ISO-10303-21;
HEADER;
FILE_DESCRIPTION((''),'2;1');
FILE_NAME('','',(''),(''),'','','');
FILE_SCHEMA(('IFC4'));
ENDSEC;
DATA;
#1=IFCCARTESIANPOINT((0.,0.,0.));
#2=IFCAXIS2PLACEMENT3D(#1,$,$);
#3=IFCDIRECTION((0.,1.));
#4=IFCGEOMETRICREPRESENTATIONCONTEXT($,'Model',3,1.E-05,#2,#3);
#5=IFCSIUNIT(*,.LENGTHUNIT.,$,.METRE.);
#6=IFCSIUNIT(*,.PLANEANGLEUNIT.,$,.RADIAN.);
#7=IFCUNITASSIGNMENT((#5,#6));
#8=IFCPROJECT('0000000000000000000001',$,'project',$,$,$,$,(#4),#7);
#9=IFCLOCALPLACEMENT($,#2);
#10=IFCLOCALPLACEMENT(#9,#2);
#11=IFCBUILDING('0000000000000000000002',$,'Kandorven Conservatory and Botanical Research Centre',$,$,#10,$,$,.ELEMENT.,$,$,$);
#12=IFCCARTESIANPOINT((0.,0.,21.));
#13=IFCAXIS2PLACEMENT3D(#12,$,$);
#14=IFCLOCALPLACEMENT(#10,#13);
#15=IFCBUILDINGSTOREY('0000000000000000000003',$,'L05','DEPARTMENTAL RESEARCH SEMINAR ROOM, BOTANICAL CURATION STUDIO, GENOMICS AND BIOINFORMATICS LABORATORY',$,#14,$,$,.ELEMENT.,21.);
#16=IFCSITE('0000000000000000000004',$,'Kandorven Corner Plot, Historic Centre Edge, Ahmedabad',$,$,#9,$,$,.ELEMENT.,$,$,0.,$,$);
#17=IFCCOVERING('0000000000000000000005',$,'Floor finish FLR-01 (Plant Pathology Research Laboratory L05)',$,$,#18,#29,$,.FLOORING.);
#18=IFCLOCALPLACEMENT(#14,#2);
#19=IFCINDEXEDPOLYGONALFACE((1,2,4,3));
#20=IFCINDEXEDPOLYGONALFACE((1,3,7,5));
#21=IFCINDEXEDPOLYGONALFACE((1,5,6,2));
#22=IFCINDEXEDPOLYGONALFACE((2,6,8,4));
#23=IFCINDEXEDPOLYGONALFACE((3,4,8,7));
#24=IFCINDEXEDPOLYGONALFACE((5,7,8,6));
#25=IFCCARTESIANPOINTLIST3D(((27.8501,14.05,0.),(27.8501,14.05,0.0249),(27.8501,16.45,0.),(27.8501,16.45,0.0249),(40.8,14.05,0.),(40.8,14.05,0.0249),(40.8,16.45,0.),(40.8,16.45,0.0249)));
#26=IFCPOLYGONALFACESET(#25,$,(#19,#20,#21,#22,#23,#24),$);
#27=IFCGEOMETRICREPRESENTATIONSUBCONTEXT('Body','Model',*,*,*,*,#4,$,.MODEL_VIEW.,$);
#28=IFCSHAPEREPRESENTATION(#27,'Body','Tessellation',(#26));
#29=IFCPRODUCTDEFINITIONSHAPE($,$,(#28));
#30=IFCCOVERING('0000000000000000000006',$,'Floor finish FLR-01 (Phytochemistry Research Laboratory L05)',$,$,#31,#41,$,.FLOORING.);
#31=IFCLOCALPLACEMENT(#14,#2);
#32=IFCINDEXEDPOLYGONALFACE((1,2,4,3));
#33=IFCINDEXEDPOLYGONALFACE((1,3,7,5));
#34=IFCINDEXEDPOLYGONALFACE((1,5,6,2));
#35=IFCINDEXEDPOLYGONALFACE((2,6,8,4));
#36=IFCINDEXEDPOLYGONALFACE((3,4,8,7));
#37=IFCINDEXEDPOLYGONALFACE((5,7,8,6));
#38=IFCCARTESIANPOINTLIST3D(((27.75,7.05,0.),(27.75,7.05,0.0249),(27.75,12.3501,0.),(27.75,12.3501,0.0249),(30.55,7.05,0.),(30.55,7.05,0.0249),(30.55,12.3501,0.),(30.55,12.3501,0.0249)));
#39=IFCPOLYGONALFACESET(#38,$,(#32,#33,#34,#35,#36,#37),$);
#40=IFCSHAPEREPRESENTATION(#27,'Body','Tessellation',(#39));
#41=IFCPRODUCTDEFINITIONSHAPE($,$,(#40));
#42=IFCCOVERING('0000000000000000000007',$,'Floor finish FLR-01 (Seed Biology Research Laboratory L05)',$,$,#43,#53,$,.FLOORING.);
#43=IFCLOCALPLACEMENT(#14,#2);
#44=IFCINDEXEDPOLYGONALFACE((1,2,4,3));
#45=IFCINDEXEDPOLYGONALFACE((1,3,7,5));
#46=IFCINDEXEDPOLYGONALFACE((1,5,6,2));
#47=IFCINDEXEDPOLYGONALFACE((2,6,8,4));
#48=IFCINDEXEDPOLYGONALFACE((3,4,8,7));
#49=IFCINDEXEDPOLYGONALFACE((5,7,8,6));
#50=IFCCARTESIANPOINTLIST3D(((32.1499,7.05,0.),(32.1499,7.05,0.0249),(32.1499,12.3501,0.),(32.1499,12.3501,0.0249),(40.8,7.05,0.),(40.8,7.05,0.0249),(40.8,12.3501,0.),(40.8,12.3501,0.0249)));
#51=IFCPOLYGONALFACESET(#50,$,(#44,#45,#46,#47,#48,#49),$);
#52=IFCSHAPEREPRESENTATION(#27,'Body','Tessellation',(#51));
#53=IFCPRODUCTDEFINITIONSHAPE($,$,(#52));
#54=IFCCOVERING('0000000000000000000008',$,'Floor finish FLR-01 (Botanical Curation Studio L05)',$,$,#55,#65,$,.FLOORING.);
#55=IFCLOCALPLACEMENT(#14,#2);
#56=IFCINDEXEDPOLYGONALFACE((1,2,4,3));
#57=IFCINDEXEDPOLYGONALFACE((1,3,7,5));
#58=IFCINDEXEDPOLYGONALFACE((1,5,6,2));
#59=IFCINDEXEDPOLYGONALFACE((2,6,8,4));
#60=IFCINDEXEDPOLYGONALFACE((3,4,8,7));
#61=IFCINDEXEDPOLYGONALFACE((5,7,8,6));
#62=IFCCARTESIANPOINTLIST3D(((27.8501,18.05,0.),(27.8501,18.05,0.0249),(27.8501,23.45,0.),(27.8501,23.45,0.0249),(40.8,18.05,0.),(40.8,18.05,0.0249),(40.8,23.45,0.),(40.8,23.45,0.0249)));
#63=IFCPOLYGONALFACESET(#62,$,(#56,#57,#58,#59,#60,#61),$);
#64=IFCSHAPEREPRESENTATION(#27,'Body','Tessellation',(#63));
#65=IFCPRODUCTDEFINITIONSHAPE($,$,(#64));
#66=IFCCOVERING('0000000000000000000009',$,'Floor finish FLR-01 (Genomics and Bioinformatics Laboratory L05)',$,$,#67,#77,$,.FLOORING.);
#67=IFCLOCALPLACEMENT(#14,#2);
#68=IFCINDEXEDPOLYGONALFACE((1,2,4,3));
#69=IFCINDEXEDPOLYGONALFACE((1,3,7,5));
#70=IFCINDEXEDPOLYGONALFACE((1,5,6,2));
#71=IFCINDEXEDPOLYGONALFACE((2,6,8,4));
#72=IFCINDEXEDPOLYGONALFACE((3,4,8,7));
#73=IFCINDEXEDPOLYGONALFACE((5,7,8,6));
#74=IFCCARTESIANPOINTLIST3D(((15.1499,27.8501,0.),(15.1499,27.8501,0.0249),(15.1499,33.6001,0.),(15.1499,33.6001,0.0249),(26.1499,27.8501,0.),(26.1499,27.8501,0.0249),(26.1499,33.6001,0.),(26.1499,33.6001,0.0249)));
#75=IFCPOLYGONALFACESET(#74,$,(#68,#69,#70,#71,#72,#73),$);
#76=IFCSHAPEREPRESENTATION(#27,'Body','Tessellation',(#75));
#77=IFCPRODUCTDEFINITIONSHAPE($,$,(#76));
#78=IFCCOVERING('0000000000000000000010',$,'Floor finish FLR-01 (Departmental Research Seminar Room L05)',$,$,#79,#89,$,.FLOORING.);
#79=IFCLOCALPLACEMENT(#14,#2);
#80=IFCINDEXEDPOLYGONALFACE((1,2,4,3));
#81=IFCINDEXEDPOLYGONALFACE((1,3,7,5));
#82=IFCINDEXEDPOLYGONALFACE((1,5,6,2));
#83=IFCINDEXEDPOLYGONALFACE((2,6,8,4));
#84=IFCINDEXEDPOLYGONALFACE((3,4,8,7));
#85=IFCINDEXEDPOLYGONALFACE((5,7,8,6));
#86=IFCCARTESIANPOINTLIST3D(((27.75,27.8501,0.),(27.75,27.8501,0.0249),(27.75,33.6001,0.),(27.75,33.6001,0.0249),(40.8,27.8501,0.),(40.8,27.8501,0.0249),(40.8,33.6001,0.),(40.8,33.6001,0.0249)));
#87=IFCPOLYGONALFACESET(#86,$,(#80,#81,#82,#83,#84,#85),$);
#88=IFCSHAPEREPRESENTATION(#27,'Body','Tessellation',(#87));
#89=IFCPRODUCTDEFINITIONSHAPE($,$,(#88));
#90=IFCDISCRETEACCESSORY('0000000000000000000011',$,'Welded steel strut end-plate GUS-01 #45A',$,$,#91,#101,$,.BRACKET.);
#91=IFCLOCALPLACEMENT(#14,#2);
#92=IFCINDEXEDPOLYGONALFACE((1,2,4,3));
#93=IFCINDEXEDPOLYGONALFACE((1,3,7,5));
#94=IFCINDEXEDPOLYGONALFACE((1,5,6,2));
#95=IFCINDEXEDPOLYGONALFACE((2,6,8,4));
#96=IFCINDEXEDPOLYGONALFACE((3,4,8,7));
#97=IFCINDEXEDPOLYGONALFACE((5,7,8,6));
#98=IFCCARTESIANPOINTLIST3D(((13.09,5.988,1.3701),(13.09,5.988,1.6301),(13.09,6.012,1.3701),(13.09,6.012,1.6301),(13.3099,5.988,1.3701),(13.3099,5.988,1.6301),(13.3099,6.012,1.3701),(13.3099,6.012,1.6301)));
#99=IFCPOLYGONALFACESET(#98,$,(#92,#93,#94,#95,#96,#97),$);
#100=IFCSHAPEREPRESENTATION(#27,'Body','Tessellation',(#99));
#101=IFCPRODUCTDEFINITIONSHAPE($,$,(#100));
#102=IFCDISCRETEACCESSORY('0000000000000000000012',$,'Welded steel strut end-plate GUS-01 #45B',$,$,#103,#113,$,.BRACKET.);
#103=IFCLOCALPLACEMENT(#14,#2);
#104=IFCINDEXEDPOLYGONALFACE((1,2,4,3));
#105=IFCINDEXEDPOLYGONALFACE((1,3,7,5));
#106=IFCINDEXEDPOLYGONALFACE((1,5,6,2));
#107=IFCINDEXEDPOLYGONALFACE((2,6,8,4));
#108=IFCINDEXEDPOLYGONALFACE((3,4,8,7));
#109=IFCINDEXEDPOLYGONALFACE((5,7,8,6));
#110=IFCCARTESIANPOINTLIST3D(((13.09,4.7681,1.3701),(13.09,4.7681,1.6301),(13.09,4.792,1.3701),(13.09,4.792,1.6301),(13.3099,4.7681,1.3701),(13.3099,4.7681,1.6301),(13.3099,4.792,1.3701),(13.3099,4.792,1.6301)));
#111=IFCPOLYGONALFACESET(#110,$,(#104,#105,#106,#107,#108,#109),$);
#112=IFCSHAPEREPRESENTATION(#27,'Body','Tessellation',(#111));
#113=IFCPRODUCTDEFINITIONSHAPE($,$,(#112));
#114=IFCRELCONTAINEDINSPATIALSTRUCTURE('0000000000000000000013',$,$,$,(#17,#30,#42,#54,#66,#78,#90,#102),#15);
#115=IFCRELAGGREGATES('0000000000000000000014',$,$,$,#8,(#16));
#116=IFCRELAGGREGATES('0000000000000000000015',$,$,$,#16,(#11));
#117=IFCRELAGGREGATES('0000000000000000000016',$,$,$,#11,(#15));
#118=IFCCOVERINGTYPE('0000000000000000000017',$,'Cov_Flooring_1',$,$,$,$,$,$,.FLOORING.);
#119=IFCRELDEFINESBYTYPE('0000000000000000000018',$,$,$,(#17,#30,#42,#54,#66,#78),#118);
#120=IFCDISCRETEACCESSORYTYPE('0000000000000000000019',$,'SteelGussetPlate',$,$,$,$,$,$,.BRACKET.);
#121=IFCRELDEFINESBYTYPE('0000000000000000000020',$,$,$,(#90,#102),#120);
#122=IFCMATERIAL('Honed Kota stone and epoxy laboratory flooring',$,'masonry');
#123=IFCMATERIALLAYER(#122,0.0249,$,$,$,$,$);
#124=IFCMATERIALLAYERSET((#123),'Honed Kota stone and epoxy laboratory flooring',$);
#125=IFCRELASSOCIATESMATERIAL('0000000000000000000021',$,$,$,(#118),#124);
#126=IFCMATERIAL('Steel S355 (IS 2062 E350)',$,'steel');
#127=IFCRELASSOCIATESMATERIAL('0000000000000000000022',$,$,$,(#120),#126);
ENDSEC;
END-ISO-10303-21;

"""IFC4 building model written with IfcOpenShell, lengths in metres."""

from ifc_helpers import new_model, si_unit, direction, frame, origin, origin_2d, place, context, subcontext, project, spatial, polyline, rectangle, outline, extrude, material, layer, layer_set, type_object, element, save


model = new_model("IFC4")

# Units and contexts
model_context = context("Model", 3, precision=1e-05, world=origin(), true_north=direction((0.0, 1.0)))
body_context = subcontext(model_context, "Body", "Model", "MODEL_VIEW")
ifc_project = project(units=[si_unit("LENGTHUNIT", "METRE"), si_unit("PLANEANGLEUNIT", "RADIAN")], contexts=[model_context])

# Site, building, storey
site_placement = place(None, origin())
site = spatial("IfcSite", under=ifc_project, at=site_placement, Name="Kandorven Corner Plot, Historic Centre Edge, Ahmedabad", CompositionType="ELEMENT", RefElevation=0.0)
building_placement = place(site_placement, origin())
building = spatial("IfcBuilding", under=site, at=building_placement, Name="Kandorven Conservatory and Botanical Research Centre", CompositionType="ELEMENT")
storey_placement = place(building_placement, frame((0.0, 0.0, 21.0)))
storey = spatial("IfcBuildingStorey", under=building, at=storey_placement, Name="L05", Description="DEPARTMENTAL RESEARCH SEMINAR ROOM, BOTANICAL CURATION STUDIO, GENOMICS AND BIOINFORMATICS LABORATORY", CompositionType="ELEMENT", Elevation=21.0)

# Coverings
ifc_material_1 = material(Name="Honed Kota stone and epoxy laboratory flooring", Category="masonry")
ifc_layer_1 = layer(ifc_material_1, 0.0249)
ifc_layer_set_1 = layer_set([ifc_layer_1], Name="Honed Kota stone and epoxy laboratory flooring")
covering_type_1 = type_object("IfcCoveringType", Name="Cov_Flooring_1", PredefinedType="FLOORING", material=ifc_layer_set_1)
covering_1_placement = place(storey_placement, origin())
element("IfcCovering", 1, at=covering_1_placement, inside=storey, type_object=covering_type_1, Name="Floor finish FLR-01 (Plant Pathology Research Laboratory L05)", PredefinedType="FLOORING", context=body_context, shape_type="SweptSolid", body=[
    extrude(outline(polyline([(27.8501, 14.05), (40.8, 14.05), (40.8, 16.45), (27.8501, 16.45), (27.8501, 14.05)])), origin(), (0.0, 0.0, 1.0), 0.0249),
])
covering_2_placement = place(storey_placement, origin())
element("IfcCovering", 2, at=covering_2_placement, inside=storey, type_object=covering_type_1, Name="Floor finish FLR-01 (Phytochemistry Research Laboratory L05)", PredefinedType="FLOORING", context=body_context, shape_type="SweptSolid", body=[
    extrude(outline(polyline([(27.75, 7.05), (30.55, 7.05), (30.55, 12.3501), (27.75, 12.3501), (27.75, 7.05)])), origin(), (0.0, 0.0, 1.0), 0.0249),
])
covering_3_placement = place(storey_placement, origin())
element("IfcCovering", 3, at=covering_3_placement, inside=storey, type_object=covering_type_1, Name="Floor finish FLR-01 (Seed Biology Research Laboratory L05)", PredefinedType="FLOORING", context=body_context, shape_type="SweptSolid", body=[
    extrude(outline(polyline([(32.1499, 7.05), (40.8, 7.05), (40.8, 12.3501), (32.1499, 12.3501), (32.1499, 7.05)])), origin(), (0.0, 0.0, 1.0), 0.0249),
])
covering_4_placement = place(storey_placement, origin())
element("IfcCovering", 4, at=covering_4_placement, inside=storey, type_object=covering_type_1, Name="Floor finish FLR-01 (Botanical Curation Studio L05)", PredefinedType="FLOORING", context=body_context, shape_type="SweptSolid", body=[
    extrude(outline(polyline([(27.8501, 18.05), (40.8, 18.05), (40.8, 23.45), (27.8501, 23.45), (27.8501, 18.05)])), origin(), (0.0, 0.0, 1.0), 0.0249),
])
covering_5_placement = place(storey_placement, origin())
element("IfcCovering", 5, at=covering_5_placement, inside=storey, type_object=covering_type_1, Name="Floor finish FLR-01 (Genomics and Bioinformatics Laboratory L05)", PredefinedType="FLOORING", context=body_context, shape_type="SweptSolid", body=[
    extrude(outline(polyline([(15.1499, 27.8501), (26.1499, 27.8501), (26.1499, 33.6001), (15.1499, 33.6001), (15.1499, 27.8501)])), origin(), (0.0, 0.0, 1.0), 0.0249),
])
covering_6_placement = place(storey_placement, origin())
element("IfcCovering", 6, at=covering_6_placement, inside=storey, type_object=covering_type_1, Name="Floor finish FLR-01 (Departmental Research Seminar Room L05)", PredefinedType="FLOORING", context=body_context, shape_type="SweptSolid", body=[
    extrude(outline(polyline([(27.75, 27.8501), (40.8, 27.8501), (40.8, 33.6001), (27.75, 33.6001), (27.75, 27.8501)])), origin(), (0.0, 0.0, 1.0), 0.0249),
])

# Discrete accessories
ifc_material_2 = material(Name="Steel S355 (IS 2062 E350)", Category="steel")
discrete_accessory_type = type_object("IfcDiscreteAccessoryType", Name="SteelGussetPlate", PredefinedType="BRACKET", material=ifc_material_2)
for number, where, z_axis, x_axis, name in (
    (7, (13.2, 6.0, 1.3701), (0.0, 0.0, 1.0), (1.0, 0.0, 0.0), "Welded steel strut end-plate GUS-01 #45A"),
    (8, (13.2, 4.78, 1.3701), (0.0, 0.0, 1.0), (1.0, 0.0, 0.0), "Welded steel strut end-plate GUS-01 #45B"),
):
    element("IfcDiscreteAccessory", number, at=place(storey_placement, frame(where, z_axis=z_axis, x_axis=x_axis)), inside=storey, type_object=discrete_accessory_type, Name=name, PredefinedType="BRACKET", context=body_context, shape_type="SweptSolid", body=[
        extrude(rectangle(XDim=0.22, YDim=0.0239, at=origin_2d()), origin(), (0.0, 0.0, 1.0), 0.26),
    ])

save(model, "model.ifc")
